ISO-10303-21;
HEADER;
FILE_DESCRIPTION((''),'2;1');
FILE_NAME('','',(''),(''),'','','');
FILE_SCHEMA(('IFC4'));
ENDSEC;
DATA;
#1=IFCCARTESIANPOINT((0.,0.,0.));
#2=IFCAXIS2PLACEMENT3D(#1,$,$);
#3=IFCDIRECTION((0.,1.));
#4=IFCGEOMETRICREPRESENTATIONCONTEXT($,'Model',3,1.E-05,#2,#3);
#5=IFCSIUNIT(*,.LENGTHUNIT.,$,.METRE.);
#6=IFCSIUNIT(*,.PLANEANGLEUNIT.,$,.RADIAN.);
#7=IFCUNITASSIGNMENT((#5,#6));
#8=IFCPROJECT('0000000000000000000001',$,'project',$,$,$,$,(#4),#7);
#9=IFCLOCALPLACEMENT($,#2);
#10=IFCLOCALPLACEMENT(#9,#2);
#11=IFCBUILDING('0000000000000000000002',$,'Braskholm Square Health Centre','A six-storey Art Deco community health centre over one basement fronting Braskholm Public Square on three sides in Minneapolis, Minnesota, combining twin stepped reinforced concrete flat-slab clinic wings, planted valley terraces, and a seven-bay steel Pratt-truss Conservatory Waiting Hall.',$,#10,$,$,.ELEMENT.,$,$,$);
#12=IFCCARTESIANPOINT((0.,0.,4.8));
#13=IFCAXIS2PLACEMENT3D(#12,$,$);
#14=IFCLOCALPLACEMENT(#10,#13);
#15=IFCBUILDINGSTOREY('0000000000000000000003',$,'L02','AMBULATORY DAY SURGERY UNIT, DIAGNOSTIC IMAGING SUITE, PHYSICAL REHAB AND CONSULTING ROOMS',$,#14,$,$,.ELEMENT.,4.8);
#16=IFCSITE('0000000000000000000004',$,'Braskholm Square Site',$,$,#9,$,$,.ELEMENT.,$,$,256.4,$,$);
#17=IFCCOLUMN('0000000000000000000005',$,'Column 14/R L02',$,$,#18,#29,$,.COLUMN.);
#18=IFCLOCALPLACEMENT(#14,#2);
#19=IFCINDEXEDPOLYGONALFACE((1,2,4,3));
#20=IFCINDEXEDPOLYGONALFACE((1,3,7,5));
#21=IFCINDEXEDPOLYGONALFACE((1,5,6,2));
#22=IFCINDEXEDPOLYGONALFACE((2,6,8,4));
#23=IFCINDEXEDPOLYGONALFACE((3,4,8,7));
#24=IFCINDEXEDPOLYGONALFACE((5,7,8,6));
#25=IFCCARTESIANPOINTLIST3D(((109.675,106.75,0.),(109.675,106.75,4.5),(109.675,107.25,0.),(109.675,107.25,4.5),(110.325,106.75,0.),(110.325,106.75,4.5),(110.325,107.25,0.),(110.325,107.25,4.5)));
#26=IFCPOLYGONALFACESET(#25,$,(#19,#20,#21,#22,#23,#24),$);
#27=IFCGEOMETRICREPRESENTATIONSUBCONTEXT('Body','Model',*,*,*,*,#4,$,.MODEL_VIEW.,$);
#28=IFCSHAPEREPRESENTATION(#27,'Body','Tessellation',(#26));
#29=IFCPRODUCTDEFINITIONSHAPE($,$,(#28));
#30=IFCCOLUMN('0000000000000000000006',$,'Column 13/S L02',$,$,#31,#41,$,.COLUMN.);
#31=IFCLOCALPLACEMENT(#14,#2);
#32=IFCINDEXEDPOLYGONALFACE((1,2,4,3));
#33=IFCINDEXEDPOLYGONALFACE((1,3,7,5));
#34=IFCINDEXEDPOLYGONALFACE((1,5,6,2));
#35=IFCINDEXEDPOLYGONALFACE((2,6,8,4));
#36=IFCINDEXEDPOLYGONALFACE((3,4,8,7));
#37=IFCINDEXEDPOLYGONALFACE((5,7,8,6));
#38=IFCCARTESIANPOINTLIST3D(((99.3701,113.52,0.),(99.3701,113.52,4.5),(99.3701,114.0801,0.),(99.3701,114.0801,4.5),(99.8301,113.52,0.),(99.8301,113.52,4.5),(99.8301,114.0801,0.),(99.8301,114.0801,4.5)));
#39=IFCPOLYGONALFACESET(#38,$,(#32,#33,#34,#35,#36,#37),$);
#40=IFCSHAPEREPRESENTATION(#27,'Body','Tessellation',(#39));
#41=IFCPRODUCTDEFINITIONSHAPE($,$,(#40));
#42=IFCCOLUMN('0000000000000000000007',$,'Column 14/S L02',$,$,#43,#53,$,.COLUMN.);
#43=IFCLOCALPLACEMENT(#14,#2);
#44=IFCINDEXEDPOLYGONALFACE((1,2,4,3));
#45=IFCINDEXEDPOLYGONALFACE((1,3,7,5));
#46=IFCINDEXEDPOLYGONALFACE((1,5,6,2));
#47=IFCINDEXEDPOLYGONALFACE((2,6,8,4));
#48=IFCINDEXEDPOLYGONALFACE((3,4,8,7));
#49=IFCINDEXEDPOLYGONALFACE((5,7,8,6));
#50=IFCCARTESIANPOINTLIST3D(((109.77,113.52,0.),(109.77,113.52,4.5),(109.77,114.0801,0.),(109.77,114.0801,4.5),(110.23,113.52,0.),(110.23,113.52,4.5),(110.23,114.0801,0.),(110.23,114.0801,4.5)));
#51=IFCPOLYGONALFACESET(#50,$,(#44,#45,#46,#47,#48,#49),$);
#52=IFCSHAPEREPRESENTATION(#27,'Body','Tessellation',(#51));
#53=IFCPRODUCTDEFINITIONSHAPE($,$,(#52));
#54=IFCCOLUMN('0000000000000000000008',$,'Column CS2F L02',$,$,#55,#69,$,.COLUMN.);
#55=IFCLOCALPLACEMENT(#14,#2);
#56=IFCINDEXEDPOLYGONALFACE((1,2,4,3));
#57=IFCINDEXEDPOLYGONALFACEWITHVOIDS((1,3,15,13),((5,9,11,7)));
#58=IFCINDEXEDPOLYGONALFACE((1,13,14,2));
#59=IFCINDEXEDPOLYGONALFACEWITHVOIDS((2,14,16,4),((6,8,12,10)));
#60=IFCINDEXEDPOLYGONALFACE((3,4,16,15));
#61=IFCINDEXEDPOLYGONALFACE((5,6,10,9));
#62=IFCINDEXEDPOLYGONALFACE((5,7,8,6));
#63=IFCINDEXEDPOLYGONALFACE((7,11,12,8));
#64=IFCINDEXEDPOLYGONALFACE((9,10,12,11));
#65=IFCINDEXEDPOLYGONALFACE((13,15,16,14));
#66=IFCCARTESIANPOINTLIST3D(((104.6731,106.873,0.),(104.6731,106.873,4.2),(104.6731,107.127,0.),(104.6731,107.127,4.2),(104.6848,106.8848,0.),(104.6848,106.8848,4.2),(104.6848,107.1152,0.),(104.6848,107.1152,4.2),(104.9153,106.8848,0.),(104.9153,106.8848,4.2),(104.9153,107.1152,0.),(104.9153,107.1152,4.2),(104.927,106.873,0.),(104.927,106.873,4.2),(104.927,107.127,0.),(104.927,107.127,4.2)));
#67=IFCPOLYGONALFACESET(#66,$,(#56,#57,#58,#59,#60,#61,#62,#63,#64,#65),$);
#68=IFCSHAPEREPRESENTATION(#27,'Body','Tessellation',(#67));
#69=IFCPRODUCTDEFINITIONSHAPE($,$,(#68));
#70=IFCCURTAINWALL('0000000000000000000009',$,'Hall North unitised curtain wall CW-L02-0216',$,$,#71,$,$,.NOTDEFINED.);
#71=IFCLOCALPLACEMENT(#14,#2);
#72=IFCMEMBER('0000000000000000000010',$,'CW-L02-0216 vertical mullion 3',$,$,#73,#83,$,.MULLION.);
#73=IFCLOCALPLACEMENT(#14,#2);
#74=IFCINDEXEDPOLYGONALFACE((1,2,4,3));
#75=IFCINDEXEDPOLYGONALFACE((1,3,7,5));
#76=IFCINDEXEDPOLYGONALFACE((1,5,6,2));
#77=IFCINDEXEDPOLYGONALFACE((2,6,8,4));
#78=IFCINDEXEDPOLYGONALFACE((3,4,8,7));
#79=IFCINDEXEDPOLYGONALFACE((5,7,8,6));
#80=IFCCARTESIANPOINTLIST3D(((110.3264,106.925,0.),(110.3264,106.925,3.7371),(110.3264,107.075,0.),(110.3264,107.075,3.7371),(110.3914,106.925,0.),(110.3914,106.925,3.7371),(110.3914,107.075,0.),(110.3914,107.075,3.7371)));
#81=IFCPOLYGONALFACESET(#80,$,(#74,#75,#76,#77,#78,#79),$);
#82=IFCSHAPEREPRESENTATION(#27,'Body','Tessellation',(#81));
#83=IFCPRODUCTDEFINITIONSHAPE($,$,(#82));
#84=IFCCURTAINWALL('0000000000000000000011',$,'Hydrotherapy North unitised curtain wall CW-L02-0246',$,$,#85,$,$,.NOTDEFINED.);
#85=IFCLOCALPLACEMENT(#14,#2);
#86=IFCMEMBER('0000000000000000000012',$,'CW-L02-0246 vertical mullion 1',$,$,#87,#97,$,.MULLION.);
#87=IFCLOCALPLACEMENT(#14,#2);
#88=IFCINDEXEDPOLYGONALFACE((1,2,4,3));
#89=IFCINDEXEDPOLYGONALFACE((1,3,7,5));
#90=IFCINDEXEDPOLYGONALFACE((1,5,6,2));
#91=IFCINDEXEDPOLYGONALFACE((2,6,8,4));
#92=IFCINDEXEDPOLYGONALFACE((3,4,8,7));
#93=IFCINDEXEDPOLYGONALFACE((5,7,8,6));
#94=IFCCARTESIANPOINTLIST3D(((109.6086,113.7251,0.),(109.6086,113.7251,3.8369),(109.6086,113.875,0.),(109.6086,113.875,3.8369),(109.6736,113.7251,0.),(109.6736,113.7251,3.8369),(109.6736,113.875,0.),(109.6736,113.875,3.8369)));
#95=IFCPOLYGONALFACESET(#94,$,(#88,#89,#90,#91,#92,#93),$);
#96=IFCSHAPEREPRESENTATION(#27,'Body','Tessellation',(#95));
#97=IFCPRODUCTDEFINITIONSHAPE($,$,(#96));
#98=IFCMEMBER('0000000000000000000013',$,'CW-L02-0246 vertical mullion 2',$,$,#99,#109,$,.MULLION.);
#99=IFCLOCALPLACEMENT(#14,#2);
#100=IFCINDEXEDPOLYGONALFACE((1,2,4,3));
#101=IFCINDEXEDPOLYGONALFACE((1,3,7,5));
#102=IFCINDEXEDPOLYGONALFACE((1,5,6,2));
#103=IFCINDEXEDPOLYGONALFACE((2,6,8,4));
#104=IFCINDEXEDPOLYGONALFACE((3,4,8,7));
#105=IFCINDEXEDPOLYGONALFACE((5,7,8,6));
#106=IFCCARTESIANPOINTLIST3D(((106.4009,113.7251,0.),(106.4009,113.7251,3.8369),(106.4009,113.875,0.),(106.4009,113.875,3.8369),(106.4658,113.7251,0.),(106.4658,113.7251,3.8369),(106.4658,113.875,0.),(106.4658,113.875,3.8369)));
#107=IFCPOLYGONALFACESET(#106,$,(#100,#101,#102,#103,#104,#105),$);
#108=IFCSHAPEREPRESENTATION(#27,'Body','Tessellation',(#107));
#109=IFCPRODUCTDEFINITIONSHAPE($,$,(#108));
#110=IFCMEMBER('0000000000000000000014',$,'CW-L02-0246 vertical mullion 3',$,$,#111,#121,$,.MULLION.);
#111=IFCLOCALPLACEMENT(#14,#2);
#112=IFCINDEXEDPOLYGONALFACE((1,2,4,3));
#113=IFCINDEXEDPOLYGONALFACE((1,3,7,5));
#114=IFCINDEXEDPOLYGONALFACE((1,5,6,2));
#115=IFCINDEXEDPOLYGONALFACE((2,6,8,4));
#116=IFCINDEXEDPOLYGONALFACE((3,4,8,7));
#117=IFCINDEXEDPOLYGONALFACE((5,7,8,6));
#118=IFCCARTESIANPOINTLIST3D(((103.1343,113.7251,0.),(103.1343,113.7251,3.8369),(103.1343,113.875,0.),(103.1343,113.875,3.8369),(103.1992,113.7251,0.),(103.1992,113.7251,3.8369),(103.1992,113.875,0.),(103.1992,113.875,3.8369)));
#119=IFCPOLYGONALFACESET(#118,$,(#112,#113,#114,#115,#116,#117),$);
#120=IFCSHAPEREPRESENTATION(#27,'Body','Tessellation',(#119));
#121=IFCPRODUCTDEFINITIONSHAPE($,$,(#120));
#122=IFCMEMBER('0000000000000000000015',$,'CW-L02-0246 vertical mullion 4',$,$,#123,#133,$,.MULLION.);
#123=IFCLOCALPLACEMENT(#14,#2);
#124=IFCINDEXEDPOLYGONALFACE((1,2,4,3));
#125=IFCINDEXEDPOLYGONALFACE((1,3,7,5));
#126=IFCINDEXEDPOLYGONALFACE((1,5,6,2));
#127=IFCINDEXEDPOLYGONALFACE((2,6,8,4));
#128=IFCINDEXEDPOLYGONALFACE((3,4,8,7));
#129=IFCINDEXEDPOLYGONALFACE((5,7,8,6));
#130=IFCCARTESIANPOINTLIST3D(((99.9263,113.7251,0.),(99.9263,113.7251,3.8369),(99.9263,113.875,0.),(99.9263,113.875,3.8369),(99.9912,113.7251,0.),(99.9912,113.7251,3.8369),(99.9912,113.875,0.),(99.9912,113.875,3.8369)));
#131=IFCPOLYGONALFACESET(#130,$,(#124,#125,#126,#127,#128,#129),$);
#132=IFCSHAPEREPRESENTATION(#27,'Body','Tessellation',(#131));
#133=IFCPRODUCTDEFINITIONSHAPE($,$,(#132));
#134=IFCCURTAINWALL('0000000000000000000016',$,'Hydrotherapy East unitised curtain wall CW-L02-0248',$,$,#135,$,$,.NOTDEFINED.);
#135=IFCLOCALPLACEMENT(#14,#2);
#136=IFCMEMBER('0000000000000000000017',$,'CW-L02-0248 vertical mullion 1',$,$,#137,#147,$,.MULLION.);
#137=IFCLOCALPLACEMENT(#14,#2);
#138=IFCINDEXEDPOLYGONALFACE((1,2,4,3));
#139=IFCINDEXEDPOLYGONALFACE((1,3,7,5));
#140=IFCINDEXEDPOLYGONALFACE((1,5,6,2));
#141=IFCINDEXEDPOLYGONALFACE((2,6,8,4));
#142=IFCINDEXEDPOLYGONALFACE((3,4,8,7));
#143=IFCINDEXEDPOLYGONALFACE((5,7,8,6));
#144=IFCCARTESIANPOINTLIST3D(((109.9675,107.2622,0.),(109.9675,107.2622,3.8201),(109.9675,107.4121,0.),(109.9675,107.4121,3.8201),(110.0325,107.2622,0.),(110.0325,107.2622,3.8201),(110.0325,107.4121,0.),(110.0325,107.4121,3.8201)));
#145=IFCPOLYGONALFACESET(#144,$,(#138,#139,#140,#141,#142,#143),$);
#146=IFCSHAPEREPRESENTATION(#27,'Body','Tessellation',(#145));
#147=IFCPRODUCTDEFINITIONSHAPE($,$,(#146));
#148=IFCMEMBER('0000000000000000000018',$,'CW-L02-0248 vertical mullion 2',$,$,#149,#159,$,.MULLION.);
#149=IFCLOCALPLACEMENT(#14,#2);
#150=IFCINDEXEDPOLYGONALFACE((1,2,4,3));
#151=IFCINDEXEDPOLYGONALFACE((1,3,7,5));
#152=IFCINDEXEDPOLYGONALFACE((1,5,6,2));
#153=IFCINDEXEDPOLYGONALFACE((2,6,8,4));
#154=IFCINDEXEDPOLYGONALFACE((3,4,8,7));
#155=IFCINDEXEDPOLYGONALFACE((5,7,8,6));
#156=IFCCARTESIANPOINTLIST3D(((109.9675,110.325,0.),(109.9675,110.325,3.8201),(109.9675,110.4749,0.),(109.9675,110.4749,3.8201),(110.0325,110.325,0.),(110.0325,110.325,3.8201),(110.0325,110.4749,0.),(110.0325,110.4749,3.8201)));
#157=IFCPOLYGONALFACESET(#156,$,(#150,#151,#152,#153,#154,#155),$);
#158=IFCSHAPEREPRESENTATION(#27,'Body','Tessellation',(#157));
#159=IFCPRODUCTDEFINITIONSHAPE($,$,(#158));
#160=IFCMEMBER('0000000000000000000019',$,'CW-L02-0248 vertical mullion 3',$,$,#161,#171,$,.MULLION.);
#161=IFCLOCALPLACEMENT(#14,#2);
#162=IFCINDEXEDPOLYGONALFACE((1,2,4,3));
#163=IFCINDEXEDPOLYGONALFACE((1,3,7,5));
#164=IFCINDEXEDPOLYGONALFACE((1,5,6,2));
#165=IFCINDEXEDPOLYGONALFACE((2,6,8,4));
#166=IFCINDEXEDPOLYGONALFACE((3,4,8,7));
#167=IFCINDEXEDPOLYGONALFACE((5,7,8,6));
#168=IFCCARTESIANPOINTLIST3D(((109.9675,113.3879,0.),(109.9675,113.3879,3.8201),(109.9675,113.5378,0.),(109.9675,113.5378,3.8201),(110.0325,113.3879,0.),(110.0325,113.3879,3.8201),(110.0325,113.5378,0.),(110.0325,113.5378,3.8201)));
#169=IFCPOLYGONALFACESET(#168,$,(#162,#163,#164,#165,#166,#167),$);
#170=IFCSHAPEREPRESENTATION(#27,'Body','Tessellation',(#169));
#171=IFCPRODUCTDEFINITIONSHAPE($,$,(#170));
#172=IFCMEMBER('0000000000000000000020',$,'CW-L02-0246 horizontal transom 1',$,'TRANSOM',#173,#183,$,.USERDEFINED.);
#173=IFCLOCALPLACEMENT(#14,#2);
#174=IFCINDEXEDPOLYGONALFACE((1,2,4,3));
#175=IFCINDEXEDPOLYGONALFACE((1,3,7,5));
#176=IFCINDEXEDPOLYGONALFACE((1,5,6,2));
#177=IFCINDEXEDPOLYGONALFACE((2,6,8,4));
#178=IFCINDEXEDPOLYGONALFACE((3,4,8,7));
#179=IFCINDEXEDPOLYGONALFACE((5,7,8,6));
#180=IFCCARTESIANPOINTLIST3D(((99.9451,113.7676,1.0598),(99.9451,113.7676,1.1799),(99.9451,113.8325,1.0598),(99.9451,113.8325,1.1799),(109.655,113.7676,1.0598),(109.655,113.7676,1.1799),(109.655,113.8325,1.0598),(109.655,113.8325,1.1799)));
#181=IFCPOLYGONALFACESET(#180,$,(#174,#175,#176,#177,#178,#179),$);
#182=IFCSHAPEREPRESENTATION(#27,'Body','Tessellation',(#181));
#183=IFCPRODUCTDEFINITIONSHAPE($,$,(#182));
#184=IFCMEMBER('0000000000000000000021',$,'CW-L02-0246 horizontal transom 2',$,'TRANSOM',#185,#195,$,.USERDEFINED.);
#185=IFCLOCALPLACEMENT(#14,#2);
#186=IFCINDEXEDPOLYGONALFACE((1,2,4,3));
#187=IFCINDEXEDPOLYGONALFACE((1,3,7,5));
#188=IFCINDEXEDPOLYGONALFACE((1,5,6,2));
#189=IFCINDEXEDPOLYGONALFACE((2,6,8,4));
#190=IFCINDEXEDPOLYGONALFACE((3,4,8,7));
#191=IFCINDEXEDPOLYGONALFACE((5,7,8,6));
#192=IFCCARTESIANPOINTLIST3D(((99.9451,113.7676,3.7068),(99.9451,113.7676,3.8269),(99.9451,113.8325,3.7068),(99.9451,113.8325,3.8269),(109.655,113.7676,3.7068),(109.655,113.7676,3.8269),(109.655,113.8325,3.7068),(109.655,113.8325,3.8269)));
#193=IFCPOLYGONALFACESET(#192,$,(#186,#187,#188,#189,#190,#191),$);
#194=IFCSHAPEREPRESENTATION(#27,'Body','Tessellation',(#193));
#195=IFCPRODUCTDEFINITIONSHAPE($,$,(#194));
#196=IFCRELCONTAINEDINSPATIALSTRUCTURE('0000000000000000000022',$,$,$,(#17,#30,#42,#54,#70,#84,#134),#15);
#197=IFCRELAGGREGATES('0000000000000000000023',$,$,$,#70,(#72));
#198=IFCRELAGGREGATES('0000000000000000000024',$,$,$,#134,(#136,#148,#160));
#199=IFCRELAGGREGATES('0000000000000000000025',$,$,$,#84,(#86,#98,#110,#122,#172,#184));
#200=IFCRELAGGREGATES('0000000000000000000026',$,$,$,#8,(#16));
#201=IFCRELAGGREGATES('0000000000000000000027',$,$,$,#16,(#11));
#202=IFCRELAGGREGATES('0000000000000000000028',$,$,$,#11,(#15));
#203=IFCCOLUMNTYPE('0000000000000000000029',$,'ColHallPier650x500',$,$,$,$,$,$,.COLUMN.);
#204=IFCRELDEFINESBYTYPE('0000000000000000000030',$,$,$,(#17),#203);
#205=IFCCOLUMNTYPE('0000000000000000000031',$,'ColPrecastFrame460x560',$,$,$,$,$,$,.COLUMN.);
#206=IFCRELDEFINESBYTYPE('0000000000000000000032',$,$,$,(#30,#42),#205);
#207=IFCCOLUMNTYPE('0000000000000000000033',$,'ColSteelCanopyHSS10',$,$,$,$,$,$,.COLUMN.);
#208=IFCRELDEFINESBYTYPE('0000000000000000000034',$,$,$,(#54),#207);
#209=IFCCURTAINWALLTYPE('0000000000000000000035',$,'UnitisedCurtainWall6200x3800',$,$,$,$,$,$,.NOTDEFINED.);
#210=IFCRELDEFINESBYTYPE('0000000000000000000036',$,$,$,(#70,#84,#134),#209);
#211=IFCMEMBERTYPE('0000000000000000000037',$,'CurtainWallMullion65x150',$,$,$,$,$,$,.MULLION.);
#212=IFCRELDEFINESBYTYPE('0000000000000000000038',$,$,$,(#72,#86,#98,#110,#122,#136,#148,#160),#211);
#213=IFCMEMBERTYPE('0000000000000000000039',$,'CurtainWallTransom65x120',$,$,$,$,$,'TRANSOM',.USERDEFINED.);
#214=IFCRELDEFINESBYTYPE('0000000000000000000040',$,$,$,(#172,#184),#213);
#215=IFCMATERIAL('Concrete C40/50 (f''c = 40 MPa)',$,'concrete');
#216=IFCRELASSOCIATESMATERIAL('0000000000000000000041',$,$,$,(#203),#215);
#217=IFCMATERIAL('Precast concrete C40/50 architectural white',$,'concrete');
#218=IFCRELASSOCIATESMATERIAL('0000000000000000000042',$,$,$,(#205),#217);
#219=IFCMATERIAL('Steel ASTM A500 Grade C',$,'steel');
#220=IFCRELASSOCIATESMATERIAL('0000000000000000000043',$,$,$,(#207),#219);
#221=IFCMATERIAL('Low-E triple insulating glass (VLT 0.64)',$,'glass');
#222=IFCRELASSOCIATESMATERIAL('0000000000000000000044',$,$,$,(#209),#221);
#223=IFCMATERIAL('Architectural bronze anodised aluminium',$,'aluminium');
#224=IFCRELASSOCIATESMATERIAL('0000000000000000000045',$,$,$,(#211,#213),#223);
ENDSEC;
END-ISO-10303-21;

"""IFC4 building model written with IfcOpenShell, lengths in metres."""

from ifc_helpers import new_model, si_unit, direction, frame, origin, origin_2d, place, context, subcontext, project, spatial, rectangle, hollow_rectangle, extrude, material, material_profile, profile_set, type_object, element, aggregate, save


model = new_model("IFC4")

# Units and contexts
model_context = context("Model", 3, precision=1e-05, world=origin(), true_north=direction((0.0, 1.0)))
body_context = subcontext(model_context, "Body", "Model", "MODEL_VIEW")
ifc_project = project(units=[si_unit("LENGTHUNIT", "METRE"), si_unit("PLANEANGLEUNIT", "RADIAN")], contexts=[model_context])

# Site, building, storey
site_placement = place(None, origin())
site = spatial("IfcSite", under=ifc_project, at=site_placement, Name="Braskholm Square Site", CompositionType="ELEMENT", RefElevation=256.4)
building_placement = place(site_placement, origin())
building = spatial("IfcBuilding", under=site, at=building_placement, Name="Braskholm Square Health Centre", Description="A six-storey Art Deco community health centre over one basement fronting Braskholm Public Square on three sides in Minneapolis, Minnesota, combining twin stepped reinforced concrete flat-slab clinic wings, planted valley terraces, and a seven-bay steel Pratt-truss Conservatory Waiting Hall.", CompositionType="ELEMENT")
storey_placement = place(building_placement, frame((0.0, 0.0, 4.8)))
storey = spatial("IfcBuildingStorey", under=building, at=storey_placement, Name="L02", Description="AMBULATORY DAY SURGERY UNIT, DIAGNOSTIC IMAGING SUITE, PHYSICAL REHAB AND CONSULTING ROOMS", CompositionType="ELEMENT", Elevation=4.8)

# Columns
ifc_material_1 = material(Name="Concrete C40/50 (f'c = 40 MPa)", Category="concrete")
ifc_material_profile_1 = material_profile(ifc_material_1, rectangle(XDim=0.6499, YDim=0.5, at=origin_2d()), Name="RC-650X500")
ifc_profile_set_1 = profile_set([ifc_material_profile_1], Name="Concrete C40/50 (f'c = 40 MPa)")
column_type_1 = type_object("IfcColumnType", Name="ColHallPier650x500", PredefinedType="COLUMN", material=ifc_profile_set_1)
column_1_placement = place(storey_placement, frame((110.0, 107.0, 0.0), z_axis=(0.0, 0.0, 1.0), x_axis=(1.0, 0.0, 0.0)))
element("IfcColumn", 1, at=column_1_placement, inside=storey, type_object=column_type_1, Name="Column 14/R L02", PredefinedType="COLUMN", context=body_context, shape_type="SweptSolid", body=[
    extrude(rectangle(XDim=0.6499, YDim=0.5, at=origin_2d()), origin(), (0.0, 0.0, 1.0), 4.5),
])
ifc_material_2 = material(Name="Precast concrete C40/50 architectural white", Category="concrete")
ifc_material_profile_2 = material_profile(ifc_material_2, rectangle(XDim=0.46, YDim=0.5601, at=origin_2d()), Name="RC-460X560")
ifc_profile_set_2 = profile_set([ifc_material_profile_2], Name="Precast concrete C40/50 architectural white")
column_type_2 = type_object("IfcColumnType", Name="ColPrecastFrame460x560", PredefinedType="COLUMN", material=ifc_profile_set_2)
for number, where, z_axis, x_axis, name in (
    (2, (99.6001, 113.8, 0.0), (0.0, 0.0, 1.0), (1.0, 0.0, 0.0), "Column 13/S L02"),
    (3, (110.0, 113.8, 0.0), (0.0, 0.0, 1.0), (1.0, 0.0, 0.0), "Column 14/S L02"),
):
    element("IfcColumn", number, at=place(storey_placement, frame(where, z_axis=z_axis, x_axis=x_axis)), inside=storey, type_object=column_type_2, Name=name, PredefinedType="COLUMN", context=body_context, shape_type="SweptSolid", body=[
        extrude(rectangle(XDim=0.46, YDim=0.5601, at=origin_2d()), origin(), (0.0, 0.0, 1.0), 4.5),
    ])
ifc_material_3 = material(Name="Steel ASTM A500 Grade C", Category="steel")
ifc_material_profile_3 = material_profile(ifc_material_3, hollow_rectangle(XDim=0.2539, YDim=0.2539, WallThickness=0.0117, at=origin_2d()), Name="HSS10X10X1/2")
ifc_profile_set_3 = profile_set([ifc_material_profile_3], Name="Steel ASTM A500 Grade C")
column_type_3 = type_object("IfcColumnType", Name="ColSteelCanopyHSS10", PredefinedType="COLUMN", material=ifc_profile_set_3)
column_2_placement = place(storey_placement, frame((104.8, 107.0, 0.0), z_axis=(0.0, 0.0, 1.0), x_axis=(1.0, 0.0, 0.0)))
element("IfcColumn", 4, at=column_2_placement, inside=storey, type_object=column_type_3, Name="Column CS2F L02", PredefinedType="COLUMN", context=body_context, shape_type="SweptSolid", body=[
    extrude(hollow_rectangle(XDim=0.2539, YDim=0.2539, WallThickness=0.0117, at=origin_2d()), origin(), (0.0, 0.0, 1.0), 4.2),
])

# Curtain wall, member
ifc_material_4 = material(Name="Low-E triple insulating glass (VLT 0.64)", Category="glass")
curtain_wall_type = type_object("IfcCurtainWallType", Name="UnitisedCurtainWall6200x3800", PredefinedType="NOTDEFINED", material=ifc_material_4)
curtain_wall_1_placement = place(storey_placement, origin())
curtain_wall_1 = element("IfcCurtainWall", 5, at=curtain_wall_1_placement, inside=storey, type_object=curtain_wall_type, Name="Hall North unitised curtain wall CW-L02-0216", PredefinedType="NOTDEFINED")
ifc_material_5 = material(Name="Architectural bronze anodised aluminium", Category="aluminium")
ifc_material_profile_4 = material_profile(ifc_material_5, rectangle(XDim=0.0649, YDim=0.1499, at=origin_2d()), Name="ALU-65X150")
ifc_profile_set_4 = profile_set([ifc_material_profile_4], Name="Architectural bronze anodised aluminium")
member_type_1 = type_object("IfcMemberType", Name="CurtainWallMullion65x150", PredefinedType="MULLION", material=ifc_profile_set_4)
member_1_placement = place(storey_placement, frame((110.3589, 107.0, 0.0), z_axis=(0.0, 0.0, 1.0), x_axis=(1.0, 0.0, 0.0)))
member_1 = element("IfcMember", 6, at=member_1_placement, type_object=member_type_1, Name="CW-L02-0216 vertical mullion 3", PredefinedType="MULLION", context=body_context, shape_type="SweptSolid", body=[
    extrude(rectangle(XDim=0.0649, YDim=0.1499, at=origin_2d()), origin(), (0.0, 0.0, 1.0), 3.7371),
])
aggregate(curtain_wall_1, [member_1])

# Curtain walls, members
curtain_wall_2_placement = place(storey_placement, origin())
curtain_wall_2 = element("IfcCurtainWall", 7, at=curtain_wall_2_placement, inside=storey, type_object=curtain_wall_type, Name="Hydrotherapy North unitised curtain wall CW-L02-0246", PredefinedType="NOTDEFINED")
member_2_placement = place(storey_placement, frame((109.6411, 113.8, 0.0), z_axis=(0.0, 0.0, 1.0), x_axis=(1.0, 0.0, 0.0)))
member_2 = element("IfcMember", 8, at=member_2_placement, type_object=member_type_1, Name="CW-L02-0246 vertical mullion 1", PredefinedType="MULLION", context=body_context, shape_type="SweptSolid", body=[
    extrude(rectangle(XDim=0.0649, YDim=0.1499, at=origin_2d()), origin(), (0.0, 0.0, 1.0), 3.8369),
])
member_3_placement = place(storey_placement, frame((106.4333, 113.8, 0.0), z_axis=(0.0, 0.0, 1.0), x_axis=(1.0, 0.0, 0.0)))
member_3 = element("IfcMember", 9, at=member_3_placement, type_object=member_type_1, Name="CW-L02-0246 vertical mullion 2", PredefinedType="MULLION", context=body_context, shape_type="SweptSolid", body=[
    extrude(rectangle(XDim=0.0649, YDim=0.1499, at=origin_2d()), origin(), (0.0, 0.0, 1.0), 3.8369),
])
member_4_placement = place(storey_placement, frame((103.1667, 113.8, 0.0), z_axis=(0.0, 0.0, 1.0), x_axis=(1.0, 0.0, 0.0)))
member_4 = element("IfcMember", 10, at=member_4_placement, type_object=member_type_1, Name="CW-L02-0246 vertical mullion 3", PredefinedType="MULLION", context=body_context, shape_type="SweptSolid", body=[
    extrude(rectangle(XDim=0.0649, YDim=0.1499, at=origin_2d()), origin(), (0.0, 0.0, 1.0), 3.8369),
])
member_5_placement = place(storey_placement, frame((99.9587, 113.8, 0.0), z_axis=(0.0, 0.0, 1.0), x_axis=(1.0, 0.0, 0.0)))
member_5 = element("IfcMember", 11, at=member_5_placement, type_object=member_type_1, Name="CW-L02-0246 vertical mullion 4", PredefinedType="MULLION", context=body_context, shape_type="SweptSolid", body=[
    extrude(rectangle(XDim=0.0649, YDim=0.1499, at=origin_2d()), origin(), (0.0, 0.0, 1.0), 3.8369),
])
curtain_wall_3_placement = place(storey_placement, origin())
curtain_wall_3 = element("IfcCurtainWall", 12, at=curtain_wall_3_placement, inside=storey, type_object=curtain_wall_type, Name="Hydrotherapy East unitised curtain wall CW-L02-0248", PredefinedType="NOTDEFINED")
member_6_placement = place(storey_placement, frame((110.0, 107.3372, 0.0), z_axis=(0.0, 0.0, 1.0), x_axis=(1.0, 0.0, 0.0)))
member_6 = element("IfcMember", 13, at=member_6_placement, type_object=member_type_1, Name="CW-L02-0248 vertical mullion 1", PredefinedType="MULLION", context=body_context, shape_type="SweptSolid", body=[
    extrude(rectangle(XDim=0.0649, YDim=0.1499, at=origin_2d()), origin(), (0.0, 0.0, 1.0), 3.8201),
])
member_7_placement = place(storey_placement, frame((110.0, 110.3999, 0.0), z_axis=(0.0, 0.0, 1.0), x_axis=(1.0, 0.0, 0.0)))
member_7 = element("IfcMember", 14, at=member_7_placement, type_object=member_type_1, Name="CW-L02-0248 vertical mullion 2", PredefinedType="MULLION", context=body_context, shape_type="SweptSolid", body=[
    extrude(rectangle(XDim=0.0649, YDim=0.1499, at=origin_2d()), origin(), (0.0, 0.0, 1.0), 3.8201),
])
member_8_placement = place(storey_placement, frame((110.0, 113.4629, 0.0), z_axis=(0.0, 0.0, 1.0), x_axis=(1.0, 0.0, 0.0)))
member_8 = element("IfcMember", 15, at=member_8_placement, type_object=member_type_1, Name="CW-L02-0248 vertical mullion 3", PredefinedType="MULLION", context=body_context, shape_type="SweptSolid", body=[
    extrude(rectangle(XDim=0.0649, YDim=0.1499, at=origin_2d()), origin(), (0.0, 0.0, 1.0), 3.8201),
])

# Members
ifc_material_profile_5 = material_profile(ifc_material_5, rectangle(XDim=0.0649, YDim=0.1201, at=origin_2d()), Name="ALU-65X120")
ifc_profile_set_5 = profile_set([ifc_material_profile_5], Name="Architectural bronze anodised aluminium")
member_type_2 = type_object("IfcMemberType", Name="CurtainWallTransom65x120", ElementType="TRANSOM", PredefinedType="USERDEFINED", material=ifc_profile_set_5)
member_9_placement = place(storey_placement, frame((109.655, 113.8, 1.1199), z_axis=(-1.0, 0.0, 0.0), x_axis=(0.0, -1.0, 0.0)))
member_9 = element("IfcMember", 16, at=member_9_placement, type_object=member_type_2, Name="CW-L02-0246 horizontal transom 1", ObjectType="TRANSOM", PredefinedType="USERDEFINED", context=body_context, shape_type="SweptSolid", body=[
    extrude(rectangle(XDim=0.0649, YDim=0.1201, at=origin_2d()), origin(), (0.0, 0.0, 1.0), 9.71),
])
member_10_placement = place(storey_placement, frame((109.655, 113.8, 3.7668), z_axis=(-1.0, 0.0, 0.0), x_axis=(0.0, -1.0, 0.0)))
member_10 = element("IfcMember", 17, at=member_10_placement, type_object=member_type_2, Name="CW-L02-0246 horizontal transom 2", ObjectType="TRANSOM", PredefinedType="USERDEFINED", context=body_context, shape_type="SweptSolid", body=[
    extrude(rectangle(XDim=0.0649, YDim=0.1201, at=origin_2d()), origin(), (0.0, 0.0, 1.0), 9.71),
])

aggregate(curtain_wall_3, [member_6, member_7, member_8])
aggregate(curtain_wall_2, [member_2, member_3, member_4, member_5, member_9, member_10])

save(model, "model.ifc")
